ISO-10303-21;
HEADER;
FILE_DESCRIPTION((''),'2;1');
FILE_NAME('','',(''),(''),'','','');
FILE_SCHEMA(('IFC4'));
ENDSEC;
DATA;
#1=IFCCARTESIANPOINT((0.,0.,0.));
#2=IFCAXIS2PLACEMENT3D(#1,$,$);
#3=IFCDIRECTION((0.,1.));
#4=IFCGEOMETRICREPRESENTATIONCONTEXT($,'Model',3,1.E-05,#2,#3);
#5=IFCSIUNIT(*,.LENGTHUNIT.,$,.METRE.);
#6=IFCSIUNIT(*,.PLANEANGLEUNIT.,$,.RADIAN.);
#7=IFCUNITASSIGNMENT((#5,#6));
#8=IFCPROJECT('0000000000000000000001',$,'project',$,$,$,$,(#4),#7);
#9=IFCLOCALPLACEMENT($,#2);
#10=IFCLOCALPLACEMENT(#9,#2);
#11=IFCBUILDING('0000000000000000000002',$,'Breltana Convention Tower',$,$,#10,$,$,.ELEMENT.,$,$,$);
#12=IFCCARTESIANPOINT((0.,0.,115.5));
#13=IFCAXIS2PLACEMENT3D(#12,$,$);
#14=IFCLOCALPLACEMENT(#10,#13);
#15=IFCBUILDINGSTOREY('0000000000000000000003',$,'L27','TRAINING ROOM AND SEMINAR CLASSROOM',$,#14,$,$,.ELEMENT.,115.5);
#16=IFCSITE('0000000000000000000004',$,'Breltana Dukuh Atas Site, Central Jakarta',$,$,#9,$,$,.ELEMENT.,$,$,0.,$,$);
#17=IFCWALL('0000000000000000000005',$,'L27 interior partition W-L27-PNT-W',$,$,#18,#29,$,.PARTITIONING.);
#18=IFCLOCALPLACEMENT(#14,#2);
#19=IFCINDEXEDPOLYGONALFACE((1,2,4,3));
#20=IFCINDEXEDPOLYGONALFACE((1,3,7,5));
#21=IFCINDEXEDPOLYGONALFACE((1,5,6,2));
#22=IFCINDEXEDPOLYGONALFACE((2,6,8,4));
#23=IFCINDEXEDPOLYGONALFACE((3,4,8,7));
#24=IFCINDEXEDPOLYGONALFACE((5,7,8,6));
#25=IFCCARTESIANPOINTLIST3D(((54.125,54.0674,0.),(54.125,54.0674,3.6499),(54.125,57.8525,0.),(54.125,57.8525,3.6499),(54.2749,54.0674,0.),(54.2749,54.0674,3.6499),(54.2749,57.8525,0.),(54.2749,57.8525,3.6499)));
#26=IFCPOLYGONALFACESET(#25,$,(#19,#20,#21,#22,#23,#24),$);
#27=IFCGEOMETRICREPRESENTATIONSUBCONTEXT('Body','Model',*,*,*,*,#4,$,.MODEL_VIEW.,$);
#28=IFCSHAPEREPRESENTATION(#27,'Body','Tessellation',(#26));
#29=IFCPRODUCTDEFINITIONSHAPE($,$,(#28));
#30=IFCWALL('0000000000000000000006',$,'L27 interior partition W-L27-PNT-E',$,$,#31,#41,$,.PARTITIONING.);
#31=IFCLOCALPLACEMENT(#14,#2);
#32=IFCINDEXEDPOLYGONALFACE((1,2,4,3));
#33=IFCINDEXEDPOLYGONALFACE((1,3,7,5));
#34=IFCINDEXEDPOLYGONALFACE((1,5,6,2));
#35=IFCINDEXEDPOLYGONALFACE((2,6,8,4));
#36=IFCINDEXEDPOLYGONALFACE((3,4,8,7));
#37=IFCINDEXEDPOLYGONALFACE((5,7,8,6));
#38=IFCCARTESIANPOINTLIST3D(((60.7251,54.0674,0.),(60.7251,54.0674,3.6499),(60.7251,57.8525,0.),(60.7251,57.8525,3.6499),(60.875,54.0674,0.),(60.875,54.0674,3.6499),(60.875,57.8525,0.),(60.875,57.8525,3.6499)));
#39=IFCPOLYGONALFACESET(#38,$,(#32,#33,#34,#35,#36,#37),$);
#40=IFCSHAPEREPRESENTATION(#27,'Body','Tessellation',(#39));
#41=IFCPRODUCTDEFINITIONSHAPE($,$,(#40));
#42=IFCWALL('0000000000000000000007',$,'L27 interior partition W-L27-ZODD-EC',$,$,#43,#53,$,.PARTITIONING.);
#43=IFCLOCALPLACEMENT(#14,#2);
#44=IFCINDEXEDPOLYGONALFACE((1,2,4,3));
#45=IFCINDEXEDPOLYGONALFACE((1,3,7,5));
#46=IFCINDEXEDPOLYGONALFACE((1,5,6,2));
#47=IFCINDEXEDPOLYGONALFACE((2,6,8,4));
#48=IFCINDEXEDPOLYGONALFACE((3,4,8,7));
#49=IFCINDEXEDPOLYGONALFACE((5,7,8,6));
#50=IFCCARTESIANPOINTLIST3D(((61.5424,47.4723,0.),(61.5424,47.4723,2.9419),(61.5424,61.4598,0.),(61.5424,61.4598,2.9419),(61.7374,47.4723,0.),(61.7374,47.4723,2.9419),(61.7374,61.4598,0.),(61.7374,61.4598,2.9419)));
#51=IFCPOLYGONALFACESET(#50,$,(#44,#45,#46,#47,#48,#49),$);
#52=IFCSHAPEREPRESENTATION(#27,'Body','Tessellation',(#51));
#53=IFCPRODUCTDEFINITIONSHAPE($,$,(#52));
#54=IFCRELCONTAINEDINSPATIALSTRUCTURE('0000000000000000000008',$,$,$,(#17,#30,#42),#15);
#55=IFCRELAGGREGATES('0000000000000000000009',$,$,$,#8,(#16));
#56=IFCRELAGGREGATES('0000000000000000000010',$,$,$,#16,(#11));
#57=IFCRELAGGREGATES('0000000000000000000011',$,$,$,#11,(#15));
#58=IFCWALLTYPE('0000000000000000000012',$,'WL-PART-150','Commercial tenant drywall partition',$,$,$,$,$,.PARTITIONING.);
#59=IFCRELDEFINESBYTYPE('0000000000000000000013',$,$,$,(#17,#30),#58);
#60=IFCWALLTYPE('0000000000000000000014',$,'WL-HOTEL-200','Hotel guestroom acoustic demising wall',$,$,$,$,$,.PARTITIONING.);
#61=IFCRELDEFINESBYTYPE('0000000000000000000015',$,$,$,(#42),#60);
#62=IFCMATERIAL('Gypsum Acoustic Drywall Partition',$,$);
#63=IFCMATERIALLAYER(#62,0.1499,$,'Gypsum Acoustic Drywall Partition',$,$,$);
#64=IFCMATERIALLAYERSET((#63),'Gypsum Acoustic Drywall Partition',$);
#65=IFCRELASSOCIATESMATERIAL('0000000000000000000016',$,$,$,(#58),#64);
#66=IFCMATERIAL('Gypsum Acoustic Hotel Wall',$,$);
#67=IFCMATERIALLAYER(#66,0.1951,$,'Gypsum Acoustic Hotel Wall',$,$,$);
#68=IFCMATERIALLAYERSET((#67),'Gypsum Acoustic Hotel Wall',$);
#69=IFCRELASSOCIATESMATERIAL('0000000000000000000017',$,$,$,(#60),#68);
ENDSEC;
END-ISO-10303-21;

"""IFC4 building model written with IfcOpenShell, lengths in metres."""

from ifc_helpers import new_model, si_unit, direction, frame, frame_2d, origin, place, context, subcontext, project, spatial, rectangle, extrude, source, transform, mapped, material, layer, layer_set, type_object, element, save


model = new_model("IFC4")

# Units and contexts
model_context = context("Model", 3, precision=1e-05, world=origin(), true_north=direction((0.0, 1.0)))
body_context = subcontext(model_context, "Body", "Model", "MODEL_VIEW")
ifc_project = project(units=[si_unit("LENGTHUNIT", "METRE"), si_unit("PLANEANGLEUNIT", "RADIAN")], contexts=[model_context])

# Site, building, storey
site_placement = place(None, origin())
site = spatial("IfcSite", under=ifc_project, at=site_placement, Name="Breltana Dukuh Atas Site, Central Jakarta", CompositionType="ELEMENT", RefElevation=0.0)
building_placement = place(site_placement, origin())
building = spatial("IfcBuilding", under=site, at=building_placement, Name="Breltana Convention Tower", CompositionType="ELEMENT")
storey_placement = place(building_placement, frame((0.0, 0.0, 115.5)))
storey = spatial("IfcBuildingStorey", under=building, at=storey_placement, Name="L27", Description="TRAINING ROOM AND SEMINAR CLASSROOM", CompositionType="ELEMENT", Elevation=115.5)

# Shared definitions
ifc_material_1 = material(Name="Gypsum Acoustic Drywall Partition")
ifc_layer_1 = layer(ifc_material_1, 0.1499, Name="Gypsum Acoustic Drywall Partition")
ifc_layer_set_1 = layer_set([ifc_layer_1], Name="Gypsum Acoustic Drywall Partition")
wall_type_1 = type_object("IfcWallType", Name="WL-PART-150", Description="Commercial tenant drywall partition", PredefinedType="PARTITIONING", material=ifc_layer_set_1)

# Walls
shared_shape_1 = source(origin(), body_context, "Body", "SweptSolid", [
    extrude(rectangle(XDim=3.7852, YDim=0.1499, at=frame_2d((1.8926, 0.0))), origin(), (0.0, 0.0, 1.0), 3.6499),
])
for number, where, z_axis, x_axis, name in (
    (1, (54.2, 54.0674, 0.0), (0.0, 0.0, 1.0), (0.0, 1.0, 0.0), "L27 interior partition W-L27-PNT-W"),
    (2, (60.8, 54.0674, 0.0), (0.0, 0.0, 1.0), (0.0, 1.0, 0.0), "L27 interior partition W-L27-PNT-E"),
):
    element("IfcWall", number, at=place(storey_placement, frame(where, z_axis=z_axis, x_axis=x_axis)), inside=storey, type_object=wall_type_1, Name=name, PredefinedType="PARTITIONING", context=body_context, shape_type="MappedRepresentation", body=[
        mapped(shared_shape_1, transform((0.0, 0.0, 0.0), scale=1.0)),
    ])
ifc_material_2 = material(Name="Gypsum Acoustic Hotel Wall")
ifc_layer_2 = layer(ifc_material_2, 0.1951, Name="Gypsum Acoustic Hotel Wall")
ifc_layer_set_2 = layer_set([ifc_layer_2], Name="Gypsum Acoustic Hotel Wall")
wall_type_2 = type_object("IfcWallType", Name="WL-HOTEL-200", Description="Hotel guestroom acoustic demising wall", PredefinedType="PARTITIONING", material=ifc_layer_set_2)
shared_shape_2 = source(origin(), body_context, "Body", "SweptSolid", [
    extrude(rectangle(XDim=13.9875, YDim=0.1951, at=frame_2d((6.9937, 0.0))), origin(), (0.0, 0.0, 1.0), 2.9419),
])
wall_1_placement = place(storey_placement, frame((61.6399, 47.4724, 0.0), z_axis=(0.0, 0.0, 1.0), x_axis=(0.0, 1.0, 0.0)))
element("IfcWall", 3, at=wall_1_placement, inside=storey, type_object=wall_type_2, Name="L27 interior partition W-L27-ZODD-EC", PredefinedType="PARTITIONING", context=body_context, shape_type="MappedRepresentation", body=[
    mapped(shared_shape_2, transform((0.0, 0.0, 0.0), scale=1.0)),
])

save(model, "model.ifc")
